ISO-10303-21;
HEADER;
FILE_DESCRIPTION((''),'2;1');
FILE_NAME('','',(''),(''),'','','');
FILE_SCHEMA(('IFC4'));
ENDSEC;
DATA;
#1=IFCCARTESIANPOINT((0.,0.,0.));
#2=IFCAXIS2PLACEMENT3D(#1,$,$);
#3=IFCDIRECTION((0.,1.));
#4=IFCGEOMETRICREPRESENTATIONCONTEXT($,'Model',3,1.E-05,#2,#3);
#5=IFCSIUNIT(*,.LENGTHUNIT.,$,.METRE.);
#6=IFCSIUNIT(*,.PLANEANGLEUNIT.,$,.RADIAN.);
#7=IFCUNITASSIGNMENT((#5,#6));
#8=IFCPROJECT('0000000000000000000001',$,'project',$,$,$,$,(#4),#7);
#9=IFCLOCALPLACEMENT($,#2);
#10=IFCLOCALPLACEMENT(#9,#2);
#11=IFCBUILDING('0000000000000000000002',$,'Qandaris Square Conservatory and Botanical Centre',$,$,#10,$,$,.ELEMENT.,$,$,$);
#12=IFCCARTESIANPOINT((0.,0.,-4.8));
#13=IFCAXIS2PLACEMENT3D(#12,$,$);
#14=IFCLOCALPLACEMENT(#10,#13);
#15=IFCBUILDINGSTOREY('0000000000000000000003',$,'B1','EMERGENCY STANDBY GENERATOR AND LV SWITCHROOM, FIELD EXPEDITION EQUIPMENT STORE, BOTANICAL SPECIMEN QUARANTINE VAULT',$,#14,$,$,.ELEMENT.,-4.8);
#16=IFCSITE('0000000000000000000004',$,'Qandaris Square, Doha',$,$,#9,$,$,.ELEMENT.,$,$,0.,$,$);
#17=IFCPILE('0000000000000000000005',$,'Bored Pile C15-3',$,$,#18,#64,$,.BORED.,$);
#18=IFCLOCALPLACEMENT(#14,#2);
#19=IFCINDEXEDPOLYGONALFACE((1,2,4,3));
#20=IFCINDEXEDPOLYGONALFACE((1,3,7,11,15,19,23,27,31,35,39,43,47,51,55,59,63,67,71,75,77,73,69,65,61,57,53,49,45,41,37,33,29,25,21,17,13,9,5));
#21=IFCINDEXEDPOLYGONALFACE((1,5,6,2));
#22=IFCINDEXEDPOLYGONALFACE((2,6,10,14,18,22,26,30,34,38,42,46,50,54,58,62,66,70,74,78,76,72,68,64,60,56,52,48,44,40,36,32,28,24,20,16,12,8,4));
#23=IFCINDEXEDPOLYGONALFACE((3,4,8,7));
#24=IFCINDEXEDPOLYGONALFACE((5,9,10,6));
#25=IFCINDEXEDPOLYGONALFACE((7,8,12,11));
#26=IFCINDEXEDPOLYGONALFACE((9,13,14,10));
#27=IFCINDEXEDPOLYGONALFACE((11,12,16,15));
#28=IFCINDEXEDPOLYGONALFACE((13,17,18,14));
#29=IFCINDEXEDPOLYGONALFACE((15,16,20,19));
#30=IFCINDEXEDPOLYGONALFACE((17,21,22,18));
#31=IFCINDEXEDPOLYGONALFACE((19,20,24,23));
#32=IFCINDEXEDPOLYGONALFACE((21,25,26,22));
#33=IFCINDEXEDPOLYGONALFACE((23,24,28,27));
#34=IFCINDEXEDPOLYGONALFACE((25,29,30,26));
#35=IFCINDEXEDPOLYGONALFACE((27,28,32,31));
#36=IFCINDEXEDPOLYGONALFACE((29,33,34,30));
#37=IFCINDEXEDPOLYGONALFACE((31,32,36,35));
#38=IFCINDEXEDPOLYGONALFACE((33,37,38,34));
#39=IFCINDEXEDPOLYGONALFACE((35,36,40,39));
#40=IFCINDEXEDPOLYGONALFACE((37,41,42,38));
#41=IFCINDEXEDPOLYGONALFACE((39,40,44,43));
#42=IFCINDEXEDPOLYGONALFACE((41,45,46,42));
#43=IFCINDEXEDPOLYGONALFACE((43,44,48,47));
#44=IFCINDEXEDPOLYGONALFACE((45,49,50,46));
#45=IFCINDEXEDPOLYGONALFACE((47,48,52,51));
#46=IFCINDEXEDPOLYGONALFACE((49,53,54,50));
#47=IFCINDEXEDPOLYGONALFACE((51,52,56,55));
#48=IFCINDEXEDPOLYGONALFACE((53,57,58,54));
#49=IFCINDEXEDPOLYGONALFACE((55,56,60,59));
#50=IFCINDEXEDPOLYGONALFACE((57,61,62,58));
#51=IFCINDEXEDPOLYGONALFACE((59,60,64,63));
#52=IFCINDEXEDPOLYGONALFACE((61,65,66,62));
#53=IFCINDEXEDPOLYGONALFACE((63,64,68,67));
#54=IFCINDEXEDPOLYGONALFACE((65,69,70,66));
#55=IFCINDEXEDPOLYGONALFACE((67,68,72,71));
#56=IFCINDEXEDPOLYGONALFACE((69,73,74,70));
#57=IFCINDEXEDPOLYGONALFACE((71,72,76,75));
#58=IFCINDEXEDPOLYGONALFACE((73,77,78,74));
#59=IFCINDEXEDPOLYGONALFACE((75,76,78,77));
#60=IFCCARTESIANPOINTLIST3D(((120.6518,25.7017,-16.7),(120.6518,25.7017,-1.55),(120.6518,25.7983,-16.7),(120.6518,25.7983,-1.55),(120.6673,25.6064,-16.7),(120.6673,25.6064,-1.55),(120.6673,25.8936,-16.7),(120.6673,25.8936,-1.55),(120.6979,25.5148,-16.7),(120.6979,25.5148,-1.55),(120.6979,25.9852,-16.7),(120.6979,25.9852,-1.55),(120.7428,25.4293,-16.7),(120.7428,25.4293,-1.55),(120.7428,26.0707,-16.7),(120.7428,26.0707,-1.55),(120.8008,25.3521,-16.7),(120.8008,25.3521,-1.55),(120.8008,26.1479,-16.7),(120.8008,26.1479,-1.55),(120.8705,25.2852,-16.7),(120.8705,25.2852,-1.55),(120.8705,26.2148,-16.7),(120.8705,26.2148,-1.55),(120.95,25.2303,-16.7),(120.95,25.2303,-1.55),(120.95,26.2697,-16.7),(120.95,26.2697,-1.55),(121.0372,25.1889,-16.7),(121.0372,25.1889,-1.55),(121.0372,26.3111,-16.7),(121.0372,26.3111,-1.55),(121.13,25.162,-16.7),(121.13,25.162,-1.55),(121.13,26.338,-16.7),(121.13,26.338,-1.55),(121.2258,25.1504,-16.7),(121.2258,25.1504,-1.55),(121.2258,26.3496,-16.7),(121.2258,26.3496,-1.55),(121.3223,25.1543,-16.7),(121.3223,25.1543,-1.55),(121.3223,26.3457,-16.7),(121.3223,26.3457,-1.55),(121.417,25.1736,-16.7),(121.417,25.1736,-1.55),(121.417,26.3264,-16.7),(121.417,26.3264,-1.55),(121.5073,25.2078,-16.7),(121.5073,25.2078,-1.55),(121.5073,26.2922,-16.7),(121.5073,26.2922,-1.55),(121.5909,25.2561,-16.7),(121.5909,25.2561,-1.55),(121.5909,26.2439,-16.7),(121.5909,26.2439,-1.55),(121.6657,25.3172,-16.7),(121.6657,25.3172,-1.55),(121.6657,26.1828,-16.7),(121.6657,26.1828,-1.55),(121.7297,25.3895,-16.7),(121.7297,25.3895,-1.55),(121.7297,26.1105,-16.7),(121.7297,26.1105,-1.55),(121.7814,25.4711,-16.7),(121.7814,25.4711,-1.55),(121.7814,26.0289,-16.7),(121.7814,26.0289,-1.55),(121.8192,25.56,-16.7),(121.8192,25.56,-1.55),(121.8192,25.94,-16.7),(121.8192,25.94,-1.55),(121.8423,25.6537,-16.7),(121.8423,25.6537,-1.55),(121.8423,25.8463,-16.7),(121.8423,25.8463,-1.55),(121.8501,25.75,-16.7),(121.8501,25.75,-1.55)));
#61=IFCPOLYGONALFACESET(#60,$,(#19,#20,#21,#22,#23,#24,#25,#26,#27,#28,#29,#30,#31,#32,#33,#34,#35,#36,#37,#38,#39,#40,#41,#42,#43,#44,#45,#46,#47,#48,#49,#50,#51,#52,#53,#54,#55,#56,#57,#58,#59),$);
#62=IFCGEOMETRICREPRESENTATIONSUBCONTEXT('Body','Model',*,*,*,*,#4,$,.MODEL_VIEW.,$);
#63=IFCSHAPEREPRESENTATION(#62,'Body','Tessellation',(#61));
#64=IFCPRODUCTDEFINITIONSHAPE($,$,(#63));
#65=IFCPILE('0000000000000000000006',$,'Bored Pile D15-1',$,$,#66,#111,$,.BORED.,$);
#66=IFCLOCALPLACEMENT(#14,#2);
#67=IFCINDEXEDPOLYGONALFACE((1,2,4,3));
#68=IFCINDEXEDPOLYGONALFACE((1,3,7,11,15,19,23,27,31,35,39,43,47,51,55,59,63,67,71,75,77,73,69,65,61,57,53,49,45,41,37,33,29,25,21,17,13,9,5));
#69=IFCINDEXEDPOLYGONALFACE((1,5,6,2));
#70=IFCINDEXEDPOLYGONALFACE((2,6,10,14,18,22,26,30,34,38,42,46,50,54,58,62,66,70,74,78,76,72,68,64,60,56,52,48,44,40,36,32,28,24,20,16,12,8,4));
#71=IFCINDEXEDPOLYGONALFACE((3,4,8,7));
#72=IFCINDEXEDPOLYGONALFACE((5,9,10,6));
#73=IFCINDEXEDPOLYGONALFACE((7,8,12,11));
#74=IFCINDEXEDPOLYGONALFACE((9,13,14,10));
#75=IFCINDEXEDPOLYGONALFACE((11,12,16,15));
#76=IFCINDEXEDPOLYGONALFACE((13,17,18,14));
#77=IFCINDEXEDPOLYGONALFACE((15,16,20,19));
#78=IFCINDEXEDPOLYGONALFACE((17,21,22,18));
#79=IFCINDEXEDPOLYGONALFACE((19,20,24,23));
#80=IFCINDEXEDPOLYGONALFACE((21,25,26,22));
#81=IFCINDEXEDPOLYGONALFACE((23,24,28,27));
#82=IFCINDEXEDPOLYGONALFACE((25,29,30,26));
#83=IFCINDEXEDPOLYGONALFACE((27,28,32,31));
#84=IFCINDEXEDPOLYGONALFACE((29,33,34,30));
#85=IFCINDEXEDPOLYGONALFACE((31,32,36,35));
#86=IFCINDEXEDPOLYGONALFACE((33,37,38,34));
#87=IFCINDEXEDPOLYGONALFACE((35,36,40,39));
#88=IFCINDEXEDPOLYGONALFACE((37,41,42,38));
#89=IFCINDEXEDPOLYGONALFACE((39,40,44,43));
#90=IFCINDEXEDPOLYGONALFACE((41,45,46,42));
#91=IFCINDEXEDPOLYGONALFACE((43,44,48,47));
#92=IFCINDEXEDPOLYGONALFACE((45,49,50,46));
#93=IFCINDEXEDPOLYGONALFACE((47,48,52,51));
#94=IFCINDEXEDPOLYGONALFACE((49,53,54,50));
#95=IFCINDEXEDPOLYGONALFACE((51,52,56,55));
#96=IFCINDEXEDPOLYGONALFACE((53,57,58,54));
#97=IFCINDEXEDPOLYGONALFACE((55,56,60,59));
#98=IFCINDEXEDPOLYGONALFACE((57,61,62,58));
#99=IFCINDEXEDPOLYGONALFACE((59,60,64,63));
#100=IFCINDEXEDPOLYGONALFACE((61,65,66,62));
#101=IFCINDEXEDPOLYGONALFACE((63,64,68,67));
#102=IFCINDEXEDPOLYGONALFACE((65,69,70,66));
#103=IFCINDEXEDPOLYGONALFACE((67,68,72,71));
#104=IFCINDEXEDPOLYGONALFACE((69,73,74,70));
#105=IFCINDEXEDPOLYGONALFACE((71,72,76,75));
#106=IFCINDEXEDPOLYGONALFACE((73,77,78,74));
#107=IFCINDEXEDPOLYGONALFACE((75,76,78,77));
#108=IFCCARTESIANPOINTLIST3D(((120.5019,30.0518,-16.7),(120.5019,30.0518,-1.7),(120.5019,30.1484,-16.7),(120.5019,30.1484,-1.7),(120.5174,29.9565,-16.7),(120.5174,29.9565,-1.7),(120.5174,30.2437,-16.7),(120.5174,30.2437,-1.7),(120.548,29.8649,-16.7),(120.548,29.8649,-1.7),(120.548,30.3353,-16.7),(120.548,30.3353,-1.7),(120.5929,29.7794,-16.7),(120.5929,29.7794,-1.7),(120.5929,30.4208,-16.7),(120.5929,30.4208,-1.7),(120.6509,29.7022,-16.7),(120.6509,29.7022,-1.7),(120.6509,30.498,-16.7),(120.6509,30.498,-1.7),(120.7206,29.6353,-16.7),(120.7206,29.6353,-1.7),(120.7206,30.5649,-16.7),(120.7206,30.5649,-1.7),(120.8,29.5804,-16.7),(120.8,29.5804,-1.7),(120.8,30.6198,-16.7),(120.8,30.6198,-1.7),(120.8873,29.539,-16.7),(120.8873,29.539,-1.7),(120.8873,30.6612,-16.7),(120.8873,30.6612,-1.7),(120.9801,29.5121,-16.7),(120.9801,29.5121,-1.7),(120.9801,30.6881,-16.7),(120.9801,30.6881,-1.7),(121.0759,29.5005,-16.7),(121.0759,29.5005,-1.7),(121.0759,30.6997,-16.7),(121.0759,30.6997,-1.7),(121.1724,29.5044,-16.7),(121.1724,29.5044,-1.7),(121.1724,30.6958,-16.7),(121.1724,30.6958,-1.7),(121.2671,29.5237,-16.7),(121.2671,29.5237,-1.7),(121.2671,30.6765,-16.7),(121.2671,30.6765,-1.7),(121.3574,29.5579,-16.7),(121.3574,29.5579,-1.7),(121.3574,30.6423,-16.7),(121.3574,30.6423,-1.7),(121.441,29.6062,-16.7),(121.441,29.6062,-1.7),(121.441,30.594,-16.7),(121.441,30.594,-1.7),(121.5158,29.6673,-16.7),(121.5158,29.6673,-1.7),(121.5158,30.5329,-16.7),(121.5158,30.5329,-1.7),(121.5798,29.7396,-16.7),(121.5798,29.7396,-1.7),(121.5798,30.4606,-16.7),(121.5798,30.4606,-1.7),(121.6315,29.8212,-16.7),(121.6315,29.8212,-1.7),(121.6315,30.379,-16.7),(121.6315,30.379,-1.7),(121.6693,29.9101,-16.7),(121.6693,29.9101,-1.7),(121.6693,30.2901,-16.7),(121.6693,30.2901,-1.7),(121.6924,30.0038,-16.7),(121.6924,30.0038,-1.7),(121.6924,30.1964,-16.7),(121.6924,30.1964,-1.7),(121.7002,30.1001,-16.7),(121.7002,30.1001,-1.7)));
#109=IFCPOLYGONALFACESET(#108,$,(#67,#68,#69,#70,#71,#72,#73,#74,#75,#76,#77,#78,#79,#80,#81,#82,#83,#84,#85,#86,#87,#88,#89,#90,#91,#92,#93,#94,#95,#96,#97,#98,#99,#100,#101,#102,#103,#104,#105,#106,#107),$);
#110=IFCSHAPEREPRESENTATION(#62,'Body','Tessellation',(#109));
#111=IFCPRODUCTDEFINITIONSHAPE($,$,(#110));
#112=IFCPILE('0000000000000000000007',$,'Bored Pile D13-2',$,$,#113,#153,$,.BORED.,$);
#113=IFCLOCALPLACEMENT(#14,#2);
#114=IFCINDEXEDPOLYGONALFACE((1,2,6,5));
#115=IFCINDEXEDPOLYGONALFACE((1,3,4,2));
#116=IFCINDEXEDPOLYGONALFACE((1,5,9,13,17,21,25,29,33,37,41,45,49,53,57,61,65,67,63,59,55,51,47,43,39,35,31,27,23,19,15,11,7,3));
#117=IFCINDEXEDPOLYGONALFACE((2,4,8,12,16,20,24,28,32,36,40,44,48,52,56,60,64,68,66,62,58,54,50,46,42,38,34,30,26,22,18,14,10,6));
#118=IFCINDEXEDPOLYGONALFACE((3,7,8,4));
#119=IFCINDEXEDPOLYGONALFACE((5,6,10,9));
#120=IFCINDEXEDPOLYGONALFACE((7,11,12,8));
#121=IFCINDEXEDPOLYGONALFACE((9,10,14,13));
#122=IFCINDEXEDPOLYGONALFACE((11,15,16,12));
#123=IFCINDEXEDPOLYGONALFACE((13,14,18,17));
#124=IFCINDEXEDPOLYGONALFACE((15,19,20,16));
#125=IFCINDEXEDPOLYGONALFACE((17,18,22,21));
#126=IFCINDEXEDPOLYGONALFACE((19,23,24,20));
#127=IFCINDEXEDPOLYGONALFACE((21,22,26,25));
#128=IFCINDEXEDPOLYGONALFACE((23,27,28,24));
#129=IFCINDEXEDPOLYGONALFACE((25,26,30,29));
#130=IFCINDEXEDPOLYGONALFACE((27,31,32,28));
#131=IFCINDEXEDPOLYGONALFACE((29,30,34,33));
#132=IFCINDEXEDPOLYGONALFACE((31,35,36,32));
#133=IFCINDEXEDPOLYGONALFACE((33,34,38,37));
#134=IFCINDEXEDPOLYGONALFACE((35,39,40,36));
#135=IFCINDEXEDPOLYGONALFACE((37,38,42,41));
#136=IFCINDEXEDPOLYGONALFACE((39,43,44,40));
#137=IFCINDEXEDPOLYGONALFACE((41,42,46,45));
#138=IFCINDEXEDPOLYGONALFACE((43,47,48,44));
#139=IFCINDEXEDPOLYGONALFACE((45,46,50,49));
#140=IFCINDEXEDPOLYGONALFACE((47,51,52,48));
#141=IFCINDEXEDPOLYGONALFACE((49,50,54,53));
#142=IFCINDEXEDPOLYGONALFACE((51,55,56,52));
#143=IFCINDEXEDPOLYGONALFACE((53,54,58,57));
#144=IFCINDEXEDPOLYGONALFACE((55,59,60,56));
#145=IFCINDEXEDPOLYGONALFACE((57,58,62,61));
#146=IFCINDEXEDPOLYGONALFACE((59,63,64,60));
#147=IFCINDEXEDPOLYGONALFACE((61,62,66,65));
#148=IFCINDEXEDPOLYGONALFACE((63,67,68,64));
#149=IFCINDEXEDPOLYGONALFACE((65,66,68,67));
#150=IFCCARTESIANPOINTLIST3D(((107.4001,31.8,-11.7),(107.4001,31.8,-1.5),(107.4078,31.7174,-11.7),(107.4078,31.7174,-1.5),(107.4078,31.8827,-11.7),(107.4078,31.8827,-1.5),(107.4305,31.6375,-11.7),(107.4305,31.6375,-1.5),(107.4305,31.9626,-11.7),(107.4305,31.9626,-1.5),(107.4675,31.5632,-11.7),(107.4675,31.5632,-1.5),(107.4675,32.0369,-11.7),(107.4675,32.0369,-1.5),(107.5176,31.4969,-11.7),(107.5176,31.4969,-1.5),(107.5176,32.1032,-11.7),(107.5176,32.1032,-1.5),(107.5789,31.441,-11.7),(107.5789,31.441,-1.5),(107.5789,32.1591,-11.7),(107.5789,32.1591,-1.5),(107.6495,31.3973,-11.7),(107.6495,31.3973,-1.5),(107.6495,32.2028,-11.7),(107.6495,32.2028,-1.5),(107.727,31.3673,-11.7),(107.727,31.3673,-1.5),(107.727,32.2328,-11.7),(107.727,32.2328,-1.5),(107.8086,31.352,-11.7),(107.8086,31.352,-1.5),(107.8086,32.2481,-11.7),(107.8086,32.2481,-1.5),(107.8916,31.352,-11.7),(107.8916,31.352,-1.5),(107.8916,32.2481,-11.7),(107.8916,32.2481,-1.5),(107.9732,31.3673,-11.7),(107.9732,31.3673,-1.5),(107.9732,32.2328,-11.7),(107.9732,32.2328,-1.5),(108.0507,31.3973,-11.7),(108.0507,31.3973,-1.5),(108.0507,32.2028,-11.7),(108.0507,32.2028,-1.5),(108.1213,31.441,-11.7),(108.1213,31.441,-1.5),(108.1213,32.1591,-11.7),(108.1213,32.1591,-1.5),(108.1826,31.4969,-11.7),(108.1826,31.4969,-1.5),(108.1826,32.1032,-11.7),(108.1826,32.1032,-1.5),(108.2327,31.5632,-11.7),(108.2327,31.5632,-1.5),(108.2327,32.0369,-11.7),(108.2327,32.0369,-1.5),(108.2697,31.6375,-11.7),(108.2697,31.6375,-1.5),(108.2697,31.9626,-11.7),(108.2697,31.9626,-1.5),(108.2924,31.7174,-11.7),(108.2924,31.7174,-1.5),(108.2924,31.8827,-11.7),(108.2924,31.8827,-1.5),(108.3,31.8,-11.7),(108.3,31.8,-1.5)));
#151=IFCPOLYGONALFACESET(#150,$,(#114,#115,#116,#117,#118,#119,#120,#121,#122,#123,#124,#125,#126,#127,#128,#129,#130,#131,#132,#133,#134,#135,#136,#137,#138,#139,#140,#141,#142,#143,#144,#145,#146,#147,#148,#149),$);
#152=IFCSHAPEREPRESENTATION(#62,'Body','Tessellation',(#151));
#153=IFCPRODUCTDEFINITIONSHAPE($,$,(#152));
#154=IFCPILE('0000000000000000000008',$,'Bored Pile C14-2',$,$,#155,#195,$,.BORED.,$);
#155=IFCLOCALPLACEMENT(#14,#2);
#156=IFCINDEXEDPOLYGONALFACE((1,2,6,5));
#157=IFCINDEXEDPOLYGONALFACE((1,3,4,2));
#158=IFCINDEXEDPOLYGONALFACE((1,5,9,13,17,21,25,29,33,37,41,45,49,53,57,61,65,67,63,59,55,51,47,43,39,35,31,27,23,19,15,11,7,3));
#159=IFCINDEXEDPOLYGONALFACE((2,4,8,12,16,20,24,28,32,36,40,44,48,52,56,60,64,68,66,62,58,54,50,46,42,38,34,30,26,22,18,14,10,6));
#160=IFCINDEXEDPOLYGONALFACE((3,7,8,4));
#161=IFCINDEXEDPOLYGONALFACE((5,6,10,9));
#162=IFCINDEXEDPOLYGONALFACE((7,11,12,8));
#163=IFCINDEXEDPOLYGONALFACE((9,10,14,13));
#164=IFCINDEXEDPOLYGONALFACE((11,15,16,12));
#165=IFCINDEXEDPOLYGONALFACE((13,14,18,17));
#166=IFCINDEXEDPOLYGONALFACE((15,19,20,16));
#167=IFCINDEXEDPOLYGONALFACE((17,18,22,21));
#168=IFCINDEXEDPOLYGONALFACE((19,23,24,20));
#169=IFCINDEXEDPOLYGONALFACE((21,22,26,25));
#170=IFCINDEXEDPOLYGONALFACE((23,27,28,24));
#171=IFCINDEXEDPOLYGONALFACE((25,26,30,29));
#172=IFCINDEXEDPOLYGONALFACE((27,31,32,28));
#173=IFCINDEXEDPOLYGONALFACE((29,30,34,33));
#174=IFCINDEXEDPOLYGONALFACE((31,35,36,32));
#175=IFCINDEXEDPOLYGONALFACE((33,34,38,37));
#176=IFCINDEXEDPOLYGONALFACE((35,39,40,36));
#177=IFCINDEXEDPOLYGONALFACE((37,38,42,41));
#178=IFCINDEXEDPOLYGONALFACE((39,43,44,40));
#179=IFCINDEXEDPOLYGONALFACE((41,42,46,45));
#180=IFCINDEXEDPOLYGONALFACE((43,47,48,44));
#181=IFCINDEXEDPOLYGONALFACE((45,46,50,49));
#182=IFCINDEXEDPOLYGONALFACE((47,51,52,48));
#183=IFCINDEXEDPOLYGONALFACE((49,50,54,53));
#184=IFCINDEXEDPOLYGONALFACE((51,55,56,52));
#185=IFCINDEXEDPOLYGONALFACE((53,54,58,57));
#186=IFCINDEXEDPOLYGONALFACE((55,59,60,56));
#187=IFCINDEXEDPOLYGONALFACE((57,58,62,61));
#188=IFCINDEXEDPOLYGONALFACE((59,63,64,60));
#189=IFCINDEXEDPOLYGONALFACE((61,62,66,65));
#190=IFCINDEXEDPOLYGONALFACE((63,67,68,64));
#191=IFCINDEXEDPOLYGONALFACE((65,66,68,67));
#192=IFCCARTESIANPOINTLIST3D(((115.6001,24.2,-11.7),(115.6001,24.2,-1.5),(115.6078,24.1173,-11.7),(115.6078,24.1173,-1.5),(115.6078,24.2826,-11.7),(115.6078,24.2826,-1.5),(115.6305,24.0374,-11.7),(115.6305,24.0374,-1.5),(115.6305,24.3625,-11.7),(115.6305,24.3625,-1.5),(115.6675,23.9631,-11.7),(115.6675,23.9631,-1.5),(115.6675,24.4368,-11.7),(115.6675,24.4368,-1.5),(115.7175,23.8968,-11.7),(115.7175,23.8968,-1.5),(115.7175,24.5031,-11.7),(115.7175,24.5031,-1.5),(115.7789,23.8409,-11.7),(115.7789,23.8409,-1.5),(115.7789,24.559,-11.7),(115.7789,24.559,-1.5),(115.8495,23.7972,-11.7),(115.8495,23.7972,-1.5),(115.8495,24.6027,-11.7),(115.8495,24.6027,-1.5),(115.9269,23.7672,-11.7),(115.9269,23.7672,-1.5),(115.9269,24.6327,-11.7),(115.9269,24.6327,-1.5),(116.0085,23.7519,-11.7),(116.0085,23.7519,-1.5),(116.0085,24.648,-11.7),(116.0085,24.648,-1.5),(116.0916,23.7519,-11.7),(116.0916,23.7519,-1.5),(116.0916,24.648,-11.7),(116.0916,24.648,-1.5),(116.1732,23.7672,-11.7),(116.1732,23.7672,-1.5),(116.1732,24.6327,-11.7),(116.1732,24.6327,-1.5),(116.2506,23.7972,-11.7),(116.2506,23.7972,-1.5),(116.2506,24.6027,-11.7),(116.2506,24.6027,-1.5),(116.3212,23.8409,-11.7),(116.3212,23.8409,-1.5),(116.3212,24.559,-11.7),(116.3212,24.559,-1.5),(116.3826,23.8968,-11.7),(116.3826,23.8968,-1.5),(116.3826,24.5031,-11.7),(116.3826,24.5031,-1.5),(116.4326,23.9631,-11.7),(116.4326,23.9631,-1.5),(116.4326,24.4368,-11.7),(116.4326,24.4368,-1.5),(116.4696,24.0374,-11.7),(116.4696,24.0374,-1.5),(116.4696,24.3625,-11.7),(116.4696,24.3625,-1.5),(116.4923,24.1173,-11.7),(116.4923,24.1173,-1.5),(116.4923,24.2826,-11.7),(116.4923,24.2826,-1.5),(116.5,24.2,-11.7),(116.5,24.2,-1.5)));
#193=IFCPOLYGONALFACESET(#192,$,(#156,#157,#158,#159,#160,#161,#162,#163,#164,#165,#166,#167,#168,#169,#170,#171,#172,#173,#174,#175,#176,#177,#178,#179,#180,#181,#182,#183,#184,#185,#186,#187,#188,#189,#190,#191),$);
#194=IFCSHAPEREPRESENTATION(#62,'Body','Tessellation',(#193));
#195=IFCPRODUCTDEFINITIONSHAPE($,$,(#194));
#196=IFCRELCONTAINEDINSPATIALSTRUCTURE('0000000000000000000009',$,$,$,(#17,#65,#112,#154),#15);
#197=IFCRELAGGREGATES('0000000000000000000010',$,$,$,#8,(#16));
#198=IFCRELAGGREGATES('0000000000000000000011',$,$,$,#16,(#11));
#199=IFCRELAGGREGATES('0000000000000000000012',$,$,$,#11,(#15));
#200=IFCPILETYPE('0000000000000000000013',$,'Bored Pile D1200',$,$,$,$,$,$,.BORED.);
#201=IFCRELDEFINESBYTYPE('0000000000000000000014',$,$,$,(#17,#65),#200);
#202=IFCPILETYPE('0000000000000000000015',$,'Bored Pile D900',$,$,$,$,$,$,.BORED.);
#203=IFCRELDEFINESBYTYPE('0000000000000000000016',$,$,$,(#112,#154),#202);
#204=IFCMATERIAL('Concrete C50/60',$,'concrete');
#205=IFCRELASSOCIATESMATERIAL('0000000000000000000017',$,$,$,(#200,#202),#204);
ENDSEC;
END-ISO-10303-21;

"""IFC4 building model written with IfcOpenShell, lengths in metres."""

from ifc_helpers import new_model, si_unit, direction, frame, origin, origin_2d, place, context, subcontext, project, spatial, circle, extrude, material, material_profile, profile_set, type_object, element, save


model = new_model("IFC4")

# Units and contexts
model_context = context("Model", 3, precision=1e-05, world=origin(), true_north=direction((0.0, 1.0)))
body_context = subcontext(model_context, "Body", "Model", "MODEL_VIEW")
ifc_project = project(units=[si_unit("LENGTHUNIT", "METRE"), si_unit("PLANEANGLEUNIT", "RADIAN")], contexts=[model_context])

# Site, building, storey
site_placement = place(None, origin())
site = spatial("IfcSite", under=ifc_project, at=site_placement, Name="Qandaris Square, Doha", CompositionType="ELEMENT", RefElevation=0.0)
building_placement = place(site_placement, origin())
building = spatial("IfcBuilding", under=site, at=building_placement, Name="Qandaris Square Conservatory and Botanical Centre", CompositionType="ELEMENT")
storey_placement = place(building_placement, frame((0.0, 0.0, -4.8)))
storey = spatial("IfcBuildingStorey", under=building, at=storey_placement, Name="B1", Description="EMERGENCY STANDBY GENERATOR AND LV SWITCHROOM, FIELD EXPEDITION EQUIPMENT STORE, BOTANICAL SPECIMEN QUARANTINE VAULT", CompositionType="ELEMENT", Elevation=-4.8)

# Piles
ifc_material_1 = material(Name="Concrete C50/60", Category="concrete")
ifc_material_profile_1 = material_profile(ifc_material_1, circle(Radius=0.6001, at=origin_2d()), Name="PILE D1200")
ifc_profile_set_1 = profile_set([ifc_material_profile_1], Name="Concrete C50/60")
pile_type_1 = type_object("IfcPileType", Name="Bored Pile D1200", PredefinedType="BORED", material=ifc_profile_set_1)
pile_1_placement = place(storey_placement, frame((121.25, 25.75, -1.55), z_axis=(0.0, 0.0, -1.0), x_axis=(1.0, 0.0, 0.0)))
element("IfcPile", 1, at=pile_1_placement, inside=storey, type_object=pile_type_1, Name="Bored Pile C15-3", PredefinedType="BORED", context=body_context, shape_type="SweptSolid", body=[
    extrude(circle(Radius=0.6001, at=origin_2d()), origin(), (0.0, 0.0, 1.0), 15.1499),
])
pile_2_placement = place(storey_placement, frame((121.1001, 30.1001, -1.7), z_axis=(0.0, 0.0, -1.0), x_axis=(1.0, 0.0, 0.0)))
element("IfcPile", 2, at=pile_2_placement, inside=storey, type_object=pile_type_1, Name="Bored Pile D15-1", PredefinedType="BORED", context=body_context, shape_type="SweptSolid", body=[
    extrude(circle(Radius=0.6001, at=origin_2d()), origin(), (0.0, 0.0, 1.0), 15.0),
])
ifc_material_profile_2 = material_profile(ifc_material_1, circle(Radius=0.45, at=origin_2d()), Name="PILE D900")
ifc_profile_set_2 = profile_set([ifc_material_profile_2], Name="Concrete C50/60")
pile_type_2 = type_object("IfcPileType", Name="Bored Pile D900", PredefinedType="BORED", material=ifc_profile_set_2)
for number, where, z_axis, x_axis, name in (
    (3, (107.8501, 31.8, -1.5), (0.0, 0.0, -1.0), (1.0, 0.0, 0.0), "Bored Pile D13-2"),
    (4, (116.05, 24.2, -1.5), (0.0, 0.0, -1.0), (1.0, 0.0, 0.0), "Bored Pile C14-2"),
):
    element("IfcPile", number, at=place(storey_placement, frame(where, z_axis=z_axis, x_axis=x_axis)), inside=storey, type_object=pile_type_2, Name=name, PredefinedType="BORED", context=body_context, shape_type="SweptSolid", body=[
        extrude(circle(Radius=0.45, at=origin_2d()), origin(), (0.0, 0.0, 1.0), 10.2),
    ])

save(model, "model.ifc")
